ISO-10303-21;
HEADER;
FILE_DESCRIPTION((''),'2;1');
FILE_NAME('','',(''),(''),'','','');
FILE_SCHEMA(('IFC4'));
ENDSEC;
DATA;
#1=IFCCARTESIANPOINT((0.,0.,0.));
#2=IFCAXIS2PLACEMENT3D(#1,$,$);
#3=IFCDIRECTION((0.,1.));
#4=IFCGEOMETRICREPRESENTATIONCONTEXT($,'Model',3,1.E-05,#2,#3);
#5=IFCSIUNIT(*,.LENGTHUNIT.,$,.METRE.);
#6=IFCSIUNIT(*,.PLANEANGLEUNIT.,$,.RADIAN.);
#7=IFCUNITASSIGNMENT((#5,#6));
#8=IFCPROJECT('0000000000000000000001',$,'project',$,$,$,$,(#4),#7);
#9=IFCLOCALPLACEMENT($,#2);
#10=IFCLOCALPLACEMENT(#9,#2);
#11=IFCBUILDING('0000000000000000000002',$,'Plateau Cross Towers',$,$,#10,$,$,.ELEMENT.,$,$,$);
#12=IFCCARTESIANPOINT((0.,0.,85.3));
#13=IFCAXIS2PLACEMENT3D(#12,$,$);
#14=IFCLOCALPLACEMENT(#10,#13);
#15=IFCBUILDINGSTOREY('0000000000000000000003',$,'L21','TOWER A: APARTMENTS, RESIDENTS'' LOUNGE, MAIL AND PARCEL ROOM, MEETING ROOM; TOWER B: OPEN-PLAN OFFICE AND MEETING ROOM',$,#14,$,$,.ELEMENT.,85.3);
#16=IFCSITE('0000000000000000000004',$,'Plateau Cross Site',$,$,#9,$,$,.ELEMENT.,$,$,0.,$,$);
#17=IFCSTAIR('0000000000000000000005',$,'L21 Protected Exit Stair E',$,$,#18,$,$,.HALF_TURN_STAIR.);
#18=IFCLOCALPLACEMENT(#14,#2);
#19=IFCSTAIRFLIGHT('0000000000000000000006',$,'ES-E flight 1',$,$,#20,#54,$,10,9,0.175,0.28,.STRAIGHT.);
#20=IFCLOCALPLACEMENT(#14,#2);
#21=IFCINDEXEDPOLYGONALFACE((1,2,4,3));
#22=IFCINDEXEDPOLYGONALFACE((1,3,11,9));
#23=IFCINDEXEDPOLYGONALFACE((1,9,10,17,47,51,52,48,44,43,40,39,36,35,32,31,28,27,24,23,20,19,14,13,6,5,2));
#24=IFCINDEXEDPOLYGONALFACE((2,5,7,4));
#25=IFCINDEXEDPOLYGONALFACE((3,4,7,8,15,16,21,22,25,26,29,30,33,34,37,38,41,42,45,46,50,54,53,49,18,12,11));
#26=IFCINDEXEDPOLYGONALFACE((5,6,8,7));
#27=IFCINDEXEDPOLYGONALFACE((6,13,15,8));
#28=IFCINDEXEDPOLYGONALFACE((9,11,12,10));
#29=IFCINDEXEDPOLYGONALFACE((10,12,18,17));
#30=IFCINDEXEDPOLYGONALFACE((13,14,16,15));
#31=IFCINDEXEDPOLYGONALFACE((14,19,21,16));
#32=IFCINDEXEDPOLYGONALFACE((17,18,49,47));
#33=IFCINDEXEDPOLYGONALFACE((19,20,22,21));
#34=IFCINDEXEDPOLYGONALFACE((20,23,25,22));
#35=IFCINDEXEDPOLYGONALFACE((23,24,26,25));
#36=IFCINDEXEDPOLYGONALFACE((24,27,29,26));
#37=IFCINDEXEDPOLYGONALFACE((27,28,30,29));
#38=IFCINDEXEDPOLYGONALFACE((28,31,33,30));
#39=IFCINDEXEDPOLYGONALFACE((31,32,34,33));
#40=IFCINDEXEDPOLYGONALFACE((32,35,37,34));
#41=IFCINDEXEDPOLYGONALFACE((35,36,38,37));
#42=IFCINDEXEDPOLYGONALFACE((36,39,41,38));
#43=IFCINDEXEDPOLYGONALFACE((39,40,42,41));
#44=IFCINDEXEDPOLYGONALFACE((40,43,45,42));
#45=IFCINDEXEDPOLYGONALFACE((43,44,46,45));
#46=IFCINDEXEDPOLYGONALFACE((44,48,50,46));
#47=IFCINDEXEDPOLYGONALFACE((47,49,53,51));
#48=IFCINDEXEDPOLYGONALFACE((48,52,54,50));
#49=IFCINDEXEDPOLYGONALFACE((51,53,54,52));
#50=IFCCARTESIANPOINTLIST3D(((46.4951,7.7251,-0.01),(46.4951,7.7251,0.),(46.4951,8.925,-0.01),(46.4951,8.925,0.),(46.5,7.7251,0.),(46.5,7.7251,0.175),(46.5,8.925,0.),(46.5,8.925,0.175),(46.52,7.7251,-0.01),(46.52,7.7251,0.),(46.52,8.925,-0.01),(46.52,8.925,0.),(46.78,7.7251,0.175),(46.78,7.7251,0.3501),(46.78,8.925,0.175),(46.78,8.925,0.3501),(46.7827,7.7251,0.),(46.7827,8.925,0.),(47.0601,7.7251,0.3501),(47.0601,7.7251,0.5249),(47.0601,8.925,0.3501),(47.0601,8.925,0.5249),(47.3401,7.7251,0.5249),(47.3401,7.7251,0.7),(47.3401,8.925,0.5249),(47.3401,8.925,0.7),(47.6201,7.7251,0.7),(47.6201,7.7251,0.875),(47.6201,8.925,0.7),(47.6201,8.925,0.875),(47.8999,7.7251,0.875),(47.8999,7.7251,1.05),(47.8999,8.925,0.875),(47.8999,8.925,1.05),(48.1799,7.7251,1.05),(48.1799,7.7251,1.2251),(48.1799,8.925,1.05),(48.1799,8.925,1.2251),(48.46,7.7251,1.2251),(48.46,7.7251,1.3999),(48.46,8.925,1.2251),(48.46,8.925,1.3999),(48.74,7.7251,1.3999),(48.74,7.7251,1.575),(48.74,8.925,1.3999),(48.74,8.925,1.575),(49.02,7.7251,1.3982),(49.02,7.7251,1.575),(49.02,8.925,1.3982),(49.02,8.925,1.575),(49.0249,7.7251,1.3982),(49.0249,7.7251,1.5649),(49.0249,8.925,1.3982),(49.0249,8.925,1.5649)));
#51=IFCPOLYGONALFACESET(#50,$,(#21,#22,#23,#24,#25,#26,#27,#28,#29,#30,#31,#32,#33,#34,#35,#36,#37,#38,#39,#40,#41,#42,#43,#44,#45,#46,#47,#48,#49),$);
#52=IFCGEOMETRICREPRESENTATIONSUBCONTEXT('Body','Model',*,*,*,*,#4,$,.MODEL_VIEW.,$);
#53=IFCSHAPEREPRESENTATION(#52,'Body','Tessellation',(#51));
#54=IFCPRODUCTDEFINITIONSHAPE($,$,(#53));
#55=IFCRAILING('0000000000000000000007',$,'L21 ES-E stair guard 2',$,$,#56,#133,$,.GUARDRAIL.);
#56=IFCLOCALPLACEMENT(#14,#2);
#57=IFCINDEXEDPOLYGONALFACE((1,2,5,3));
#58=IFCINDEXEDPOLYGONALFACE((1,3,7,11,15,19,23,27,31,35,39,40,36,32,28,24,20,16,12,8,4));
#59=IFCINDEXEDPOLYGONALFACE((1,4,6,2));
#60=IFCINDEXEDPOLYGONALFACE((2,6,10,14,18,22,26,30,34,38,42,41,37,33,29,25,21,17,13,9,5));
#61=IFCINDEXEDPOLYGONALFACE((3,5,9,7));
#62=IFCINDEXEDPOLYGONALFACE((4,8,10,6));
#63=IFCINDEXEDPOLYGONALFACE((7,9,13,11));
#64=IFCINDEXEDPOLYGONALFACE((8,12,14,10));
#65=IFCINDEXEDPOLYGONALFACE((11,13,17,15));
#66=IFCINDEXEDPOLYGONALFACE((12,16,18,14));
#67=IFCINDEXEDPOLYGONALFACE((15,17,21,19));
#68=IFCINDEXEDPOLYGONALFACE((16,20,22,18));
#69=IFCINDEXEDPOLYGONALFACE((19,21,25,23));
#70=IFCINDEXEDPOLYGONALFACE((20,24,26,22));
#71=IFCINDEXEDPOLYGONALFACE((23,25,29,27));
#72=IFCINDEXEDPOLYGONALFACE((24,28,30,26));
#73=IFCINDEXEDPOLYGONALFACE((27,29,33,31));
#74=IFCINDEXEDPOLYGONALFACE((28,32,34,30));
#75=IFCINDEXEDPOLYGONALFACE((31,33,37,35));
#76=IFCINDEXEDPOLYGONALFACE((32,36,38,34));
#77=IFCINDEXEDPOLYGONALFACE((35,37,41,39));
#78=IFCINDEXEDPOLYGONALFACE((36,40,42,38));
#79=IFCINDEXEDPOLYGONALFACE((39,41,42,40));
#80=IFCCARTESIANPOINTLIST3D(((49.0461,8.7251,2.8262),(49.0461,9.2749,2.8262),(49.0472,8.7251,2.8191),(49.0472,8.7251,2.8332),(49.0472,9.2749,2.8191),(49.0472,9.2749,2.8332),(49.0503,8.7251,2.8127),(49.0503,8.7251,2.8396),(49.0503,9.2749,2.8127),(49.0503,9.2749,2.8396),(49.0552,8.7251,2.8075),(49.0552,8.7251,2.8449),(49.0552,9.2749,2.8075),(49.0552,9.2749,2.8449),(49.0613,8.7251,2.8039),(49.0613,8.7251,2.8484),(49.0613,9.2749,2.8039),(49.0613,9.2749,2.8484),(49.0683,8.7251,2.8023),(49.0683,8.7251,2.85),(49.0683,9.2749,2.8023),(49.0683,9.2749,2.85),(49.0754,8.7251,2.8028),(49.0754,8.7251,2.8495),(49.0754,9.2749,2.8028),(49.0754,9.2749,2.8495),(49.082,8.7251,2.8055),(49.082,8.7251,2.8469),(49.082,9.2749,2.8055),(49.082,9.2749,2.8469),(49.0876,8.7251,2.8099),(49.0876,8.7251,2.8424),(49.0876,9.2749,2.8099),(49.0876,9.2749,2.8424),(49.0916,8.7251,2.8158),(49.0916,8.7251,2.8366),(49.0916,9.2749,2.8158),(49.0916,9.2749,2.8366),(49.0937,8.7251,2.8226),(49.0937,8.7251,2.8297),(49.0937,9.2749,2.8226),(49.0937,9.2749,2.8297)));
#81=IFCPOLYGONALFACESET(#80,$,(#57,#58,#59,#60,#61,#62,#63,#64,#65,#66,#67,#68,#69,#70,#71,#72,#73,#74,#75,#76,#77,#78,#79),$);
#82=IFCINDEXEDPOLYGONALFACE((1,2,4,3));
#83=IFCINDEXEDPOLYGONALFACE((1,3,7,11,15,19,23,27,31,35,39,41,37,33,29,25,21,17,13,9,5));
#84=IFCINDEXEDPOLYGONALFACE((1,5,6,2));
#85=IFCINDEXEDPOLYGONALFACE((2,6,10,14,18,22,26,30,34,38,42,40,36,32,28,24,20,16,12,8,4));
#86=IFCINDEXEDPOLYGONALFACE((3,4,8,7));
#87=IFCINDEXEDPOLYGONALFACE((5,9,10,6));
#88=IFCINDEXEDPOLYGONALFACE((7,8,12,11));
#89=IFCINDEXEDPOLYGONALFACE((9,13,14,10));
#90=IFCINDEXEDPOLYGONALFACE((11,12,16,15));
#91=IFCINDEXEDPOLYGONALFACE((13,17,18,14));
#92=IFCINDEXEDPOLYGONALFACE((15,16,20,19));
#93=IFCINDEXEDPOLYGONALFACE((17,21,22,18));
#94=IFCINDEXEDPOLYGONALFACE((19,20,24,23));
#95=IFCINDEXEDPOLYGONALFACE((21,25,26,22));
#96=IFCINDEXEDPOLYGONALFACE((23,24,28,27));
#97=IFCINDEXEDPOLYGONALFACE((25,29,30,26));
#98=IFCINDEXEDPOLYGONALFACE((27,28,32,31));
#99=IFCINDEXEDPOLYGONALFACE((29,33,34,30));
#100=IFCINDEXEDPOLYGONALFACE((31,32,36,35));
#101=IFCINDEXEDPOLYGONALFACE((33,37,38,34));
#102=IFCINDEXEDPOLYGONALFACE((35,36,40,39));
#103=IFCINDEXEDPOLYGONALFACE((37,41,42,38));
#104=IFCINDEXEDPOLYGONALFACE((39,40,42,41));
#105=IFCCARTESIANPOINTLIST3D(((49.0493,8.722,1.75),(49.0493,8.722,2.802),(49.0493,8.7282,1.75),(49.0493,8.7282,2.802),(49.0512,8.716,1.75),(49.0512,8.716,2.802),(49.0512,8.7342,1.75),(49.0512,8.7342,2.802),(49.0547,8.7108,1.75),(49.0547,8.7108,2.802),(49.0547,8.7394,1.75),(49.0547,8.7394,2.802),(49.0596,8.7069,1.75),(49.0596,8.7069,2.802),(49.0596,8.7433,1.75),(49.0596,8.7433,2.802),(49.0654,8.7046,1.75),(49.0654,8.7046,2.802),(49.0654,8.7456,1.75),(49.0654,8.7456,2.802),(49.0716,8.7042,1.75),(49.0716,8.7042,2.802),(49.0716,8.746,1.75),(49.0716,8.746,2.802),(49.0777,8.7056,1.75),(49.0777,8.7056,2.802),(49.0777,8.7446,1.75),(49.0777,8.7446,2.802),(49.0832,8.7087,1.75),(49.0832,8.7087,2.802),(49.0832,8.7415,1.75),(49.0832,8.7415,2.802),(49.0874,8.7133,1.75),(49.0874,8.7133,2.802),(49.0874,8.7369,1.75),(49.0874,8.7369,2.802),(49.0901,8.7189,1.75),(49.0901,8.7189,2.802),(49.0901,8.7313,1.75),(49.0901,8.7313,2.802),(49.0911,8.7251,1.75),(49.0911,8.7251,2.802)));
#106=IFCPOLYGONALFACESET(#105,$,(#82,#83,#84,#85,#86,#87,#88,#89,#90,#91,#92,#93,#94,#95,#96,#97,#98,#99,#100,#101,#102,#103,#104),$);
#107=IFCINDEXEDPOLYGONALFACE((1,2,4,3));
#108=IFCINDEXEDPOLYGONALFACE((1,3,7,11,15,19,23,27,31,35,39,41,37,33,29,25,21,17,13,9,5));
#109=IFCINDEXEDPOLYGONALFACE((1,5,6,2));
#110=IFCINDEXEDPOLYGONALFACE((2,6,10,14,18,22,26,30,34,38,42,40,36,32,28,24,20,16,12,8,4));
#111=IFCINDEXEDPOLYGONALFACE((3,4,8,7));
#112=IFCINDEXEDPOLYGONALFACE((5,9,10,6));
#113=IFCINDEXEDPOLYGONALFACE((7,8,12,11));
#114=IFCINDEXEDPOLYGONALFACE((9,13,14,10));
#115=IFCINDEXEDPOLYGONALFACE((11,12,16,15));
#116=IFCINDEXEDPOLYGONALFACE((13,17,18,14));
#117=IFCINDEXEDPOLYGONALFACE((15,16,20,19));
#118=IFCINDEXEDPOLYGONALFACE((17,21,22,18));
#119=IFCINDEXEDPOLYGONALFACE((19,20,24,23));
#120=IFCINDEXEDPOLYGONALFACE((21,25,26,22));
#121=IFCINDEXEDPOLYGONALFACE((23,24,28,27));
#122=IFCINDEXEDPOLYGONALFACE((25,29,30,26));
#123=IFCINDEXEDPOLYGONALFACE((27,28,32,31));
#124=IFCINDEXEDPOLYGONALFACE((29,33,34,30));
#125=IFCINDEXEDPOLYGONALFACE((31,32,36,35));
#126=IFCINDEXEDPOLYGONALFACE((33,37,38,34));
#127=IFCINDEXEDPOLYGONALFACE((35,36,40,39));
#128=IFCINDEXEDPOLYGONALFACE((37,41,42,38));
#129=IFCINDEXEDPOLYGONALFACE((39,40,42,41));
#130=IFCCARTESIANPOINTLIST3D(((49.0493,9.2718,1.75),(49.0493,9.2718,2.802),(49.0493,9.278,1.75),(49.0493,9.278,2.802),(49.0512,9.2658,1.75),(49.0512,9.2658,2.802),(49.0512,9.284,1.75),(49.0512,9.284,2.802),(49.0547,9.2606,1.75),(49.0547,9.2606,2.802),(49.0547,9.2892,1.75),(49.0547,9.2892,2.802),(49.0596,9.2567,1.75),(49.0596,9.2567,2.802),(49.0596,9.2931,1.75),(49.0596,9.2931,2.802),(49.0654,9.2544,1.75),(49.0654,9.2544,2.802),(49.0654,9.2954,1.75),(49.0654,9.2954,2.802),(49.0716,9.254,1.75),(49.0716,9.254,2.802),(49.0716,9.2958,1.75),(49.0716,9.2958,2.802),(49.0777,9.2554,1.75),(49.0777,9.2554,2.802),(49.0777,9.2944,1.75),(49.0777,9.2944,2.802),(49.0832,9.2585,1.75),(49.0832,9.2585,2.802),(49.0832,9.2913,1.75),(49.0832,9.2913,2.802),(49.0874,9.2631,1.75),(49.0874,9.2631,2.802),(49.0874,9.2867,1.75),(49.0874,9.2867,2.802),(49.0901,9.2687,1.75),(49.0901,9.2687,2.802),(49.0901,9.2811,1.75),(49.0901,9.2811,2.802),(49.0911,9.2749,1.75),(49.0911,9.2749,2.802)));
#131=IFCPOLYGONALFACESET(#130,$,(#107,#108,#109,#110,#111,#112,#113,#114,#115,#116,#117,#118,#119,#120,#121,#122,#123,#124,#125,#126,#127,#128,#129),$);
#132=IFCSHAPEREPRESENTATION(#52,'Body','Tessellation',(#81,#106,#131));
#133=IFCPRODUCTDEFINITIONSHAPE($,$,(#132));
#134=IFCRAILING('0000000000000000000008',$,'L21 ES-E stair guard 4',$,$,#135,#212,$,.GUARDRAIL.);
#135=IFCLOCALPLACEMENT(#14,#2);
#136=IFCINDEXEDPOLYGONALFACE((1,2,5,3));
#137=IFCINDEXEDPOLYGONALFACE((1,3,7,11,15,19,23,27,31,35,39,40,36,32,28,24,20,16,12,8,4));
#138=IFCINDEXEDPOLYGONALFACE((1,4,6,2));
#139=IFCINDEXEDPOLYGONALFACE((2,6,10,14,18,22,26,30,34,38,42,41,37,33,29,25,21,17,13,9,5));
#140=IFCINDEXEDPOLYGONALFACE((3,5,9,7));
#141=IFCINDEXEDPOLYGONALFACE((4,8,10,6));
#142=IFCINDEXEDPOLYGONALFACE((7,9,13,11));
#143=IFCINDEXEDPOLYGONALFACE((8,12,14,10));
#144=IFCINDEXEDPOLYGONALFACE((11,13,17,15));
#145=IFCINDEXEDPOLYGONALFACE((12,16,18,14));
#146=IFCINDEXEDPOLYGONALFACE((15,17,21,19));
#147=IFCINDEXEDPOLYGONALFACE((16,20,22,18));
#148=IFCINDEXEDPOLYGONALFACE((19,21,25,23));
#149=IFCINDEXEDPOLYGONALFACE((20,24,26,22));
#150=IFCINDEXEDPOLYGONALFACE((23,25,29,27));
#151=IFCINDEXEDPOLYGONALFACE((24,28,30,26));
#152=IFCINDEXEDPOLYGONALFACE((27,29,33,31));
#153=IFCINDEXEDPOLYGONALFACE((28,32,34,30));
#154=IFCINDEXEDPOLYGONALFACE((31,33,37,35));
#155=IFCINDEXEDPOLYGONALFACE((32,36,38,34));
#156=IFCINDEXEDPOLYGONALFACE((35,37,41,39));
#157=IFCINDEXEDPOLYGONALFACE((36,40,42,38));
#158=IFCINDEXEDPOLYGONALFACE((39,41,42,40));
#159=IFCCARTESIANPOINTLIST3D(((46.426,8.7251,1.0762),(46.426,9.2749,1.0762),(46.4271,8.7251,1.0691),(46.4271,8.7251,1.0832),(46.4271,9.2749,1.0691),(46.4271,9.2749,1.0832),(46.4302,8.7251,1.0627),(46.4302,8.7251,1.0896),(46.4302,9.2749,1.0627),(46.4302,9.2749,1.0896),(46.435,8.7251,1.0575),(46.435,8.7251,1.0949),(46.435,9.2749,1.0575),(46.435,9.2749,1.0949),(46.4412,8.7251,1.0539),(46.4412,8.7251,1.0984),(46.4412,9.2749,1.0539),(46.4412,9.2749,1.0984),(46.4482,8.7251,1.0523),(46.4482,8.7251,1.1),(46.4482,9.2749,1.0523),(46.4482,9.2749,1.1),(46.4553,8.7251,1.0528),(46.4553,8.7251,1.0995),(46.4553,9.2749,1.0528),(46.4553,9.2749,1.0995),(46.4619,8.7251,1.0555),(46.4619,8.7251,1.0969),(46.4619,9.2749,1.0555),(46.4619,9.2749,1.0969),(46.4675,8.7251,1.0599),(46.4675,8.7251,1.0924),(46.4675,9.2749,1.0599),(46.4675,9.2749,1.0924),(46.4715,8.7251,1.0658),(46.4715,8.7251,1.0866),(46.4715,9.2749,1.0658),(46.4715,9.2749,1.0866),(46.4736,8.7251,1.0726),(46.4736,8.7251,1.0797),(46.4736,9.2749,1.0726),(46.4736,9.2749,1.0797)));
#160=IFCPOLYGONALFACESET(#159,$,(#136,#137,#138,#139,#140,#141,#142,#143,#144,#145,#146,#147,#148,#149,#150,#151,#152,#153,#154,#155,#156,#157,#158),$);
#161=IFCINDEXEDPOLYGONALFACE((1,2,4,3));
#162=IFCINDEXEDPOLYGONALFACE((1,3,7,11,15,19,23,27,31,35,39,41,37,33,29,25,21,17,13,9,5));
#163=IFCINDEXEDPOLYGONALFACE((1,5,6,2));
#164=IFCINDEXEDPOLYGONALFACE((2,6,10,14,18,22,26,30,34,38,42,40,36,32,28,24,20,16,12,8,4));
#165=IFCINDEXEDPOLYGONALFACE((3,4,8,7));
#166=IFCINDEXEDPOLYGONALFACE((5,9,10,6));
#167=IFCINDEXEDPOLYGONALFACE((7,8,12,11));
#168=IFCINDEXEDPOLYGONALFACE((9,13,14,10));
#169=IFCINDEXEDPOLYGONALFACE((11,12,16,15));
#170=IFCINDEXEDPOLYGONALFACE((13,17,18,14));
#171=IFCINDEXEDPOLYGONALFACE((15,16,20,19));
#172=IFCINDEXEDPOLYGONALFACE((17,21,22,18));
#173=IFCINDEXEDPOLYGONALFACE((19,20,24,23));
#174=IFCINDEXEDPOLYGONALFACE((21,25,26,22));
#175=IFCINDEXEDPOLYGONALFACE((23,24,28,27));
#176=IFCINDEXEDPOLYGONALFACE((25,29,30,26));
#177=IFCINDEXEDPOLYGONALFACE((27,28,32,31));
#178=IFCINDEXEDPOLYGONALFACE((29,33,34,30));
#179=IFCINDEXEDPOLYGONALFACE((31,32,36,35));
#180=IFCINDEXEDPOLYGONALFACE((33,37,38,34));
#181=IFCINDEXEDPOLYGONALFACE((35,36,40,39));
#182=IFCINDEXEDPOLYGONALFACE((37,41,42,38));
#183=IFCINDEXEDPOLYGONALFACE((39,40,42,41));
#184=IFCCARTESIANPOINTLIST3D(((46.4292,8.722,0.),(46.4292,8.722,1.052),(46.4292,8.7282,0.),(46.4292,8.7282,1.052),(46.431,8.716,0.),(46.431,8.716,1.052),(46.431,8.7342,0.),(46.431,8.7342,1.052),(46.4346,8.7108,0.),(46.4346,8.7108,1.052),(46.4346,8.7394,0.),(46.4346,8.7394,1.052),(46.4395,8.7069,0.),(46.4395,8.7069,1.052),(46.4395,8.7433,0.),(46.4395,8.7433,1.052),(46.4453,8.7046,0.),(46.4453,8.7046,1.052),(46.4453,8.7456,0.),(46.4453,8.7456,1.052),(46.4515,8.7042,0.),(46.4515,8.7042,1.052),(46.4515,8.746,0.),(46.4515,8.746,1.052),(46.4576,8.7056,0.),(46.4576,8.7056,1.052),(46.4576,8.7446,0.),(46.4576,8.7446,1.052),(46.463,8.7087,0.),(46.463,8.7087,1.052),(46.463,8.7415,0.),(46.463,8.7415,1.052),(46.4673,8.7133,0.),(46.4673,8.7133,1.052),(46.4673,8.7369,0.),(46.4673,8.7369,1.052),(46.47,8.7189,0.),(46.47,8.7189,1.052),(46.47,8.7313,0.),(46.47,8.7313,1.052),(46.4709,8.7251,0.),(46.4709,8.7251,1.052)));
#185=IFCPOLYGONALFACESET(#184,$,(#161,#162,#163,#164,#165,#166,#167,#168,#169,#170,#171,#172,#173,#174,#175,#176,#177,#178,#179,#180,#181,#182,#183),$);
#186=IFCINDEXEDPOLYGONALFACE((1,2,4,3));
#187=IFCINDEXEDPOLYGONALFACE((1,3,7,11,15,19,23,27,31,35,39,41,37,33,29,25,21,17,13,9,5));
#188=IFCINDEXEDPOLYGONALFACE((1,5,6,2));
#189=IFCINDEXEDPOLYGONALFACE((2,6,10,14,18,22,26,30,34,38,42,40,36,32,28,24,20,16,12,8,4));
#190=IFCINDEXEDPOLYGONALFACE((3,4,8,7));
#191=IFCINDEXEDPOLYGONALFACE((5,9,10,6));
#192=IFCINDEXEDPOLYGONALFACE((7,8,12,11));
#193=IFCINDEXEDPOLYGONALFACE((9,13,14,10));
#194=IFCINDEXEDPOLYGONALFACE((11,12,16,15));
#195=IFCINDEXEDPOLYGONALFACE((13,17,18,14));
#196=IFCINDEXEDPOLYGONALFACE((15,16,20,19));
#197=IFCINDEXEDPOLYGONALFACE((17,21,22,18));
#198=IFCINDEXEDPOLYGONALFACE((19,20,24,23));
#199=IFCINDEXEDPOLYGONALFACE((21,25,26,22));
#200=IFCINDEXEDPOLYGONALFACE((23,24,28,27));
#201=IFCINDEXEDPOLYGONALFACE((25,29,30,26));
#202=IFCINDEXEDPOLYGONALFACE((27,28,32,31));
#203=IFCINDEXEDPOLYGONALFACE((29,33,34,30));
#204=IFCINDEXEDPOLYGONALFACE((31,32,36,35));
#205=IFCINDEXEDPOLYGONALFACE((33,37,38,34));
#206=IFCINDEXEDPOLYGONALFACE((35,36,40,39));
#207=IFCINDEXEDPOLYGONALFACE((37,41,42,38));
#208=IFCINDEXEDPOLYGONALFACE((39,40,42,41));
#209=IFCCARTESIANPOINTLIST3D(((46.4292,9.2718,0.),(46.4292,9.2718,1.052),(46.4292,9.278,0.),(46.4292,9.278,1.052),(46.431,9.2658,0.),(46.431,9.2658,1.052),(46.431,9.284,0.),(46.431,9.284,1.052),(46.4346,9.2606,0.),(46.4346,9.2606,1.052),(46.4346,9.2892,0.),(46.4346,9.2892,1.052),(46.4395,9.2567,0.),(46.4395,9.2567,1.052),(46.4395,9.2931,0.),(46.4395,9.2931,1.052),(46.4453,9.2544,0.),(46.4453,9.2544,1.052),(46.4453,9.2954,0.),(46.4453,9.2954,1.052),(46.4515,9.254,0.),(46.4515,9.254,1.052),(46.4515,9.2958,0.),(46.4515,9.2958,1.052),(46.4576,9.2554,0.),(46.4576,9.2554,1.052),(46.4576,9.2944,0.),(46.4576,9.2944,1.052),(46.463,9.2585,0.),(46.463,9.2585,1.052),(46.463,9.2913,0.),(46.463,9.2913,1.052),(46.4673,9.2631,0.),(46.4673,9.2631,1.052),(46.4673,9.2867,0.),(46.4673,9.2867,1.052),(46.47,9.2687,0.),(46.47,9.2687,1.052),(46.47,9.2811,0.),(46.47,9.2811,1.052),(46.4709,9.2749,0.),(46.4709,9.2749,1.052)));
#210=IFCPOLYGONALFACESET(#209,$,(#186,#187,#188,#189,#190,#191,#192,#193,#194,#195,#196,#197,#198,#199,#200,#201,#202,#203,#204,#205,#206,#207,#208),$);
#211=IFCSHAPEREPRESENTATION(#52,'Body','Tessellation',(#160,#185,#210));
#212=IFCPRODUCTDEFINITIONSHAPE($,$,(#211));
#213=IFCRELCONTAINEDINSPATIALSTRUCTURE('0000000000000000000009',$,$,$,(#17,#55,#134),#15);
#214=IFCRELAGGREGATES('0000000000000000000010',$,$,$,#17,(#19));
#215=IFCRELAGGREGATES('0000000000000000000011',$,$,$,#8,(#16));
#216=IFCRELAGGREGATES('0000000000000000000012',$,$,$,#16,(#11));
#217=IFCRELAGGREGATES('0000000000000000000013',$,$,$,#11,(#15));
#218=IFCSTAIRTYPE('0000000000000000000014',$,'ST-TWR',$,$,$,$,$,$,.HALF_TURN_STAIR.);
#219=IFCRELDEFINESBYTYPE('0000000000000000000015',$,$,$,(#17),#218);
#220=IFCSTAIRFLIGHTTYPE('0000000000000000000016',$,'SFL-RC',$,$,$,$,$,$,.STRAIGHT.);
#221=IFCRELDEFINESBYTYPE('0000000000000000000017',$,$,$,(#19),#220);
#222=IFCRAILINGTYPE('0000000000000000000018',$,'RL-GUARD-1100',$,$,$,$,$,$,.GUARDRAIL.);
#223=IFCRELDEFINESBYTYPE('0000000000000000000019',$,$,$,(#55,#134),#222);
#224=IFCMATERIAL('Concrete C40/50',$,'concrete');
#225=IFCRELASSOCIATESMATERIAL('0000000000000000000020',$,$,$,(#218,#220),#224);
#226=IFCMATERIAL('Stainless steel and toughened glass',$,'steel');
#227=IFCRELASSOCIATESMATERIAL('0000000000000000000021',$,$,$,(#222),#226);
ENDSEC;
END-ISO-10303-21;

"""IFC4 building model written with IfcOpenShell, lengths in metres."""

from ifc_helpers import new_model, si_unit, direction, frame, origin, origin_2d, place, context, subcontext, project, spatial, polyline, circle, outline, extrude, material, type_object, element, aggregate, save


model = new_model("IFC4")

# Units and contexts
model_context = context("Model", 3, precision=1e-05, world=origin(), true_north=direction((0.0, 1.0)))
body_context = subcontext(model_context, "Body", "Model", "MODEL_VIEW")
ifc_project = project(units=[si_unit("LENGTHUNIT", "METRE"), si_unit("PLANEANGLEUNIT", "RADIAN")], contexts=[model_context])

# Site, building, storey
site_placement = place(None, origin())
site = spatial("IfcSite", under=ifc_project, at=site_placement, Name="Plateau Cross Site", CompositionType="ELEMENT", RefElevation=0.0)
building_placement = place(site_placement, origin())
building = spatial("IfcBuilding", under=site, at=building_placement, Name="Plateau Cross Towers", CompositionType="ELEMENT")
storey_placement = place(building_placement, frame((0.0, 0.0, 85.3)))
storey = spatial("IfcBuildingStorey", under=building, at=storey_placement, Name="L21", Description="TOWER A: APARTMENTS, RESIDENTS' LOUNGE, MAIL AND PARCEL ROOM, MEETING ROOM; TOWER B: OPEN-PLAN OFFICE AND MEETING ROOM", CompositionType="ELEMENT", Elevation=85.3)

# Stair, stair flight
ifc_material_1 = material(Name="Concrete C40/50", Category="concrete")
stair_type = type_object("IfcStairType", Name="ST-TWR", PredefinedType="HALF_TURN_STAIR", material=ifc_material_1)
stair_placement = place(storey_placement, origin())
stair = element("IfcStair", 1, at=stair_placement, inside=storey, type_object=stair_type, Name="L21 Protected Exit Stair E", PredefinedType="HALF_TURN_STAIR")
stair_flight_type = type_object("IfcStairFlightType", Name="SFL-RC", PredefinedType="STRAIGHT", material=ifc_material_1)
stair_flight_placement = place(storey_placement, frame((46.5, 8.325, 0.0), z_axis=(0.0, 0.0, 1.0), x_axis=(1.0, 0.0, 0.0)))
stair_flight = element("IfcStairFlight", 2, at=stair_flight_placement, type_object=stair_flight_type, Name="ES-E flight 1", NumberOfRisers=10, NumberOfTreads=9, PredefinedType="STRAIGHT", RiserHeight=0.175, TreadLength=0.28, context=body_context, shape_type="SweptSolid", body=[
    extrude(outline(polyline([(-0.0049, -0.01), (-0.0049, 0.0), (0.0, 0.0), (0.0, 0.175), (0.28, 0.175), (0.28, 0.3501), (0.5601, 0.3501), (0.5601, 0.5249), (0.8401, 0.5249), (0.8401, 0.7), (1.1201, 0.7), (1.1201, 0.875), (1.3999, 0.875), (1.3999, 1.05), (1.6799, 1.05), (1.6799, 1.2251), (1.96, 1.2251), (1.96, 1.3999), (2.24, 1.3999), (2.24, 1.575), (2.52, 1.575), (2.5249, 1.5649), (2.5249, 1.3982), (2.52, 1.3982), (0.2827, 0.0), (0.02, 0.0), (0.02, -0.01), (-0.0049, -0.01)])), frame((0.0, 0.6001, 0.0), z_axis=(0.0, -1.0, 0.0), x_axis=(1.0, 0.0, 0.0)), (0.0, 0.0, 1.0), 1.2),
])
aggregate(stair, [stair_flight])

# Railings
ifc_material_2 = material(Name="Stainless steel and toughened glass", Category="steel")
railing_type_1 = type_object("IfcRailingType", Name="RL-GUARD-1100", PredefinedType="GUARDRAIL", material=ifc_material_2)
for number, where, name in (
    (3, (49.0701, 8.7251, 1.75), "L21 ES-E stair guard 2"),
    (4, (46.45, 8.7251, 0.0), "L21 ES-E stair guard 4"),
):
    element("IfcRailing", number, at=place(storey_placement, frame(where)), inside=storey, type_object=railing_type_1, Name=name, PredefinedType="GUARDRAIL", context=body_context, shape_type="SweptSolid", body=[
        extrude(circle(Radius=0.0239, at=origin_2d()), frame((0.0, 0.0, 1.0762), z_axis=(0.0, 1.0, 0.0), x_axis=(-1.0, 0.0, 0.0)), (0.0, 0.0, 1.0), 0.5498),
        extrude(circle(Radius=0.021, at=origin_2d()), origin(), (0.0, 0.0, 1.0), 1.052),
        extrude(circle(Radius=0.021, at=origin_2d()), frame((0.0, 0.5498, 0.0)), (0.0, 0.0, 1.0), 1.052),
    ])

save(model, "model.ifc")
